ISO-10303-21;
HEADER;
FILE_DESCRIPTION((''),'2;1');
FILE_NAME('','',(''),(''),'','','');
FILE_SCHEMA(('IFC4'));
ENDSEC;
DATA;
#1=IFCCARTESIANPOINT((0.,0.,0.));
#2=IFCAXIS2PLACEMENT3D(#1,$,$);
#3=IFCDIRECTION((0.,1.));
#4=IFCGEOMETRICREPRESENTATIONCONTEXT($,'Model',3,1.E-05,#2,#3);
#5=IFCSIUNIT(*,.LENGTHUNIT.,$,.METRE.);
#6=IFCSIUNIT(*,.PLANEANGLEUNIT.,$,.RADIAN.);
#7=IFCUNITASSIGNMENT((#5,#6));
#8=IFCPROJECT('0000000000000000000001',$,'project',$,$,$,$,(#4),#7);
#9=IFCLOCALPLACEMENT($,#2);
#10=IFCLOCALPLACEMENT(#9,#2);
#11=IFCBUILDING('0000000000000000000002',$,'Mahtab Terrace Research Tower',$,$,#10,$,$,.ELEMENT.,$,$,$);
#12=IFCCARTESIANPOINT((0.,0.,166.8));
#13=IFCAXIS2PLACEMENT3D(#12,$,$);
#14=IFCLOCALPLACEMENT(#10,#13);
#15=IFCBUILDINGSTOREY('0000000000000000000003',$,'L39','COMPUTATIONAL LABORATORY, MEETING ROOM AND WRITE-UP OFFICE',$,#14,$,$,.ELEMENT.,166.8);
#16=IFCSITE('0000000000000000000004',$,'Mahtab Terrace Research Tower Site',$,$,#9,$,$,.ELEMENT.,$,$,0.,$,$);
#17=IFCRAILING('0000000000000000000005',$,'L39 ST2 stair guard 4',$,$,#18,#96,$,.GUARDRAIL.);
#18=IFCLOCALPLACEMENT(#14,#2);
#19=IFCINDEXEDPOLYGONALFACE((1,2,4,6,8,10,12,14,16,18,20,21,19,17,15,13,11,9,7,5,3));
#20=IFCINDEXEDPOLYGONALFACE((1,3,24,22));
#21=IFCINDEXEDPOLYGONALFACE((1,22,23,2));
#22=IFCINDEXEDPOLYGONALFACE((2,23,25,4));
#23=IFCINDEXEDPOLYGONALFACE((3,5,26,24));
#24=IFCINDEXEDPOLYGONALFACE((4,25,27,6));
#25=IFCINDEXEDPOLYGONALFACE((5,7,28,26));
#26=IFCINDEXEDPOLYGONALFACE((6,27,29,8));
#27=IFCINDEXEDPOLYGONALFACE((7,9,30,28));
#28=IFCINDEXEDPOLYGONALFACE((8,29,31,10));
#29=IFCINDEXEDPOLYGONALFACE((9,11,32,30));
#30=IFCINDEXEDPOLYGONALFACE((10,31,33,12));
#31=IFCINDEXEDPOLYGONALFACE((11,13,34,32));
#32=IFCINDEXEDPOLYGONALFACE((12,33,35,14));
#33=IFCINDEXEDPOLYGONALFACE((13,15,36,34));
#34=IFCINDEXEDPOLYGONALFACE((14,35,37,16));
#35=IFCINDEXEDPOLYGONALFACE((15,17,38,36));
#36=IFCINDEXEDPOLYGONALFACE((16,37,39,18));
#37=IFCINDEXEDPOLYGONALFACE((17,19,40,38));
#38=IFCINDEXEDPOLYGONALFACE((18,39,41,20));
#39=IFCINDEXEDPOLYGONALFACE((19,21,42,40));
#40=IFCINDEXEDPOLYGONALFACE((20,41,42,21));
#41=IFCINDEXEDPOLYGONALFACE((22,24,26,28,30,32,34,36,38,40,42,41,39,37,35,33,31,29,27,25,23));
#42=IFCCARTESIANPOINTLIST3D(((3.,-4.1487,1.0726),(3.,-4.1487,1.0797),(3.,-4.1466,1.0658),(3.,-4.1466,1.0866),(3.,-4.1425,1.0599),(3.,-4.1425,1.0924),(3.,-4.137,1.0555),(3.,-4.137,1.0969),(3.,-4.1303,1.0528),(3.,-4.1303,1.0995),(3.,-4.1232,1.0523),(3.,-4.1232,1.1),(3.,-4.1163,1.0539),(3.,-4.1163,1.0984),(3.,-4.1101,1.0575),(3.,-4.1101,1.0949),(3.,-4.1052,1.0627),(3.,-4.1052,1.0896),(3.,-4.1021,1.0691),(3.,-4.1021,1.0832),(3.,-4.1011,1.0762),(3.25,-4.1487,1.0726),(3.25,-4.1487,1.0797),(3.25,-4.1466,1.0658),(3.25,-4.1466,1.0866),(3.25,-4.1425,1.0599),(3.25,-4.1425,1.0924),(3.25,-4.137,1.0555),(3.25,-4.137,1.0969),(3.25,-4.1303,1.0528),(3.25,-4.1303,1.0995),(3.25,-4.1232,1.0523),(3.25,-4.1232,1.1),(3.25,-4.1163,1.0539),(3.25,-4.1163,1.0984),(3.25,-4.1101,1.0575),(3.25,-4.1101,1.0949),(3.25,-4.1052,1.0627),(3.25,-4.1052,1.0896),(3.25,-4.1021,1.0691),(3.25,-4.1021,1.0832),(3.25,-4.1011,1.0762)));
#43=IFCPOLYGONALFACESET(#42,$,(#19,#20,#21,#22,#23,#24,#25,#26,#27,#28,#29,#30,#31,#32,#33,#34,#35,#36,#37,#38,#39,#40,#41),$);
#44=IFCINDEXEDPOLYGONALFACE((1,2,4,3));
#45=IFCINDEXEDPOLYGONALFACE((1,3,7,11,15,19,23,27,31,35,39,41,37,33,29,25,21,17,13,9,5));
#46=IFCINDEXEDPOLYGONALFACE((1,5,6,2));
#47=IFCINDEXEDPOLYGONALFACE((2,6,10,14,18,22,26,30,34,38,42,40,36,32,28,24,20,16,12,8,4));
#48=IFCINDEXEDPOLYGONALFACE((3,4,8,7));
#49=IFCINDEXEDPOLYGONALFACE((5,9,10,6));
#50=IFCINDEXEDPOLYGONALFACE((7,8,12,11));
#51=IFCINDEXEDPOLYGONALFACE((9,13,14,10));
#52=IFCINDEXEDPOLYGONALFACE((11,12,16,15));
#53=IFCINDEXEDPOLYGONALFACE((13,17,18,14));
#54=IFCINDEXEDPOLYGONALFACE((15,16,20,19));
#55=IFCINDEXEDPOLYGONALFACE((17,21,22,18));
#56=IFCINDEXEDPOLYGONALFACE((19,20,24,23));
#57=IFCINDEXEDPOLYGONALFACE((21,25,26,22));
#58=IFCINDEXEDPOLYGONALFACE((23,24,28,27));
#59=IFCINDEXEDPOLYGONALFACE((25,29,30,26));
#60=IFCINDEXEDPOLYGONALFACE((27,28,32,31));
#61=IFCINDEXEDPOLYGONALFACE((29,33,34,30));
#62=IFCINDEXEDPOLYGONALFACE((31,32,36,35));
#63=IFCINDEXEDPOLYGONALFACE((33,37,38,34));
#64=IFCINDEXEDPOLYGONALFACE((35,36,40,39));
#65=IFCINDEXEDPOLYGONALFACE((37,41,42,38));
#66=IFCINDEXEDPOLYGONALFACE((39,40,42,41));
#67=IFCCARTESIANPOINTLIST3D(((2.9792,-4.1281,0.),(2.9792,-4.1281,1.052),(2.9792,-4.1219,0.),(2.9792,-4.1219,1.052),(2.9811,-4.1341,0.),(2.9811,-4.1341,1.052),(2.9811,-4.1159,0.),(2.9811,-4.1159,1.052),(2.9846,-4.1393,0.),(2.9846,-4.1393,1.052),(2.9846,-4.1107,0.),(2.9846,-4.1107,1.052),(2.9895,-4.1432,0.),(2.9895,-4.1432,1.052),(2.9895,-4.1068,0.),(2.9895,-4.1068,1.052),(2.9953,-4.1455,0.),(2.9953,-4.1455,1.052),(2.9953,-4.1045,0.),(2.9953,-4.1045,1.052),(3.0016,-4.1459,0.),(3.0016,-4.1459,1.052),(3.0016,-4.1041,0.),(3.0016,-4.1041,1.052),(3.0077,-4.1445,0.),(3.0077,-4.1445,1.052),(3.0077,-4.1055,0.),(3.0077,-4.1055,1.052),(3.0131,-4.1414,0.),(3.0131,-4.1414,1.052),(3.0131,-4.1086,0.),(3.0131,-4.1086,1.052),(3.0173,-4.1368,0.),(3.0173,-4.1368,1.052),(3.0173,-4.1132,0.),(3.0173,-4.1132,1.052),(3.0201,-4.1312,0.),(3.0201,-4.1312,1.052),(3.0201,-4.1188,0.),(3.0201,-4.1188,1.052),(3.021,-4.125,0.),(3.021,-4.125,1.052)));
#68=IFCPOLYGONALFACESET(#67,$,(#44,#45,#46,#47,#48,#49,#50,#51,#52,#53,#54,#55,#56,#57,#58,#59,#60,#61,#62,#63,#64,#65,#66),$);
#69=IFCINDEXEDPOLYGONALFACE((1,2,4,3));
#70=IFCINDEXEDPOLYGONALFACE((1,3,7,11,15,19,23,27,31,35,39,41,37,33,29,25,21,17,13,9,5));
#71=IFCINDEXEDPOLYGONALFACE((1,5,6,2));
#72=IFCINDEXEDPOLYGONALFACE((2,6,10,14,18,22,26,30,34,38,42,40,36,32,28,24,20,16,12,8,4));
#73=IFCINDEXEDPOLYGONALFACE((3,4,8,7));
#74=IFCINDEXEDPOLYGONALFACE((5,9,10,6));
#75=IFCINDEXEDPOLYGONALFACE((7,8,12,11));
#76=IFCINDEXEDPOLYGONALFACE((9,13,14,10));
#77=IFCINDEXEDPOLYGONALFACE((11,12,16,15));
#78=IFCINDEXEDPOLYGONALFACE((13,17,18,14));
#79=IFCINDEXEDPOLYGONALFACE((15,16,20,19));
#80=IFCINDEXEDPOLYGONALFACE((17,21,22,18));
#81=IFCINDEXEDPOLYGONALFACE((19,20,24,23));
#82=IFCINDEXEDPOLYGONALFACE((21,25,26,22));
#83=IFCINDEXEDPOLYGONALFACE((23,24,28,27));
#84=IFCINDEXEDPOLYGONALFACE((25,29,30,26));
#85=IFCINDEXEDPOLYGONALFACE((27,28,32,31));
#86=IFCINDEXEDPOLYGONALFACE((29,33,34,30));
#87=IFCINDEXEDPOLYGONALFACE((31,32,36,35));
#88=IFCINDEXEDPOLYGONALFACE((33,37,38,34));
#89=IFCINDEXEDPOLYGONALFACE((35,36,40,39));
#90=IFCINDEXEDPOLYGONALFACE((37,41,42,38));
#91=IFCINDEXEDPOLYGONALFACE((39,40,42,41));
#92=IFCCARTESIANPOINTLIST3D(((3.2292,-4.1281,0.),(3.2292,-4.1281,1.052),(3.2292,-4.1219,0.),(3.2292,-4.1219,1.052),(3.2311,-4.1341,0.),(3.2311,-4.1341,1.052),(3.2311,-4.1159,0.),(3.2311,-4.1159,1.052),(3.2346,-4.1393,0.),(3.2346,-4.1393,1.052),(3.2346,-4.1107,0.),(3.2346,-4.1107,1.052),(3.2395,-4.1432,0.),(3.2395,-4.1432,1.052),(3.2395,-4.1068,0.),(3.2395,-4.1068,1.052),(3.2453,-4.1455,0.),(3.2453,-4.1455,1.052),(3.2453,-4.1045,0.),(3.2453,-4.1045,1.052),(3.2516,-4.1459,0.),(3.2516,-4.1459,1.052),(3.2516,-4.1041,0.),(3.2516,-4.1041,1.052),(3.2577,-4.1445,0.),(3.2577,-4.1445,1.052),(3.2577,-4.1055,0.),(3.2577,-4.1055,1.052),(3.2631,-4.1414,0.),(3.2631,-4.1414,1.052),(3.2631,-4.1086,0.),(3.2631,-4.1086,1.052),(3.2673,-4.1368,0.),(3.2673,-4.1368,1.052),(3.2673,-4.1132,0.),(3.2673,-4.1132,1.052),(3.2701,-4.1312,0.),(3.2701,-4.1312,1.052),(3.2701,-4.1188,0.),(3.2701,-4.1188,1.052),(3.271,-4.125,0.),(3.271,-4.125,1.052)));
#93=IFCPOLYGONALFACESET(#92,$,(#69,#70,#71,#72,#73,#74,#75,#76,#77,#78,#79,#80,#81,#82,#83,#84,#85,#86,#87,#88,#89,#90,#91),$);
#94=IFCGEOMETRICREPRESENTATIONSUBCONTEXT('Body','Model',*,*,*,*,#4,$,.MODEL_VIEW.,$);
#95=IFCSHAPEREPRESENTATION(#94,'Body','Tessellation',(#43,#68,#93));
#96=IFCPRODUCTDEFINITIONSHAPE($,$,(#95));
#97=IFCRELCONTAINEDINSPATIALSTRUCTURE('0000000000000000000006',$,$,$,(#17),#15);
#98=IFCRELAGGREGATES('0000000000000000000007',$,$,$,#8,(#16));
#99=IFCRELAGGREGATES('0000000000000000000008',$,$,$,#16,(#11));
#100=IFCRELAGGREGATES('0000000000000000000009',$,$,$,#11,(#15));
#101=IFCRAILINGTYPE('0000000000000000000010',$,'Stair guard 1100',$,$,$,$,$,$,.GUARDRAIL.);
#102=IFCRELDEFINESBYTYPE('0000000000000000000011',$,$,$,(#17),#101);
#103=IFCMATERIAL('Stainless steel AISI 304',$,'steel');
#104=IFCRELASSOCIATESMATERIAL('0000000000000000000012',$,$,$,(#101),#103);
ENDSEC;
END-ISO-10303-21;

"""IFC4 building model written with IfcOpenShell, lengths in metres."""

from ifc_helpers import new_model, si_unit, direction, frame, origin, origin_2d, place, context, subcontext, project, spatial, circle, extrude, material, type_object, element, save


model = new_model("IFC4")

# Units and contexts
model_context = context("Model", 3, precision=1e-05, world=origin(), true_north=direction((0.0, 1.0)))
body_context = subcontext(model_context, "Body", "Model", "MODEL_VIEW")
ifc_project = project(units=[si_unit("LENGTHUNIT", "METRE"), si_unit("PLANEANGLEUNIT", "RADIAN")], contexts=[model_context])

# Site, building, storey
site_placement = place(None, origin())
site = spatial("IfcSite", under=ifc_project, at=site_placement, Name="Mahtab Terrace Research Tower Site", CompositionType="ELEMENT", RefElevation=0.0)
building_placement = place(site_placement, origin())
building = spatial("IfcBuilding", under=site, at=building_placement, Name="Mahtab Terrace Research Tower", CompositionType="ELEMENT")
storey_placement = place(building_placement, frame((0.0, 0.0, 166.8)))
storey = spatial("IfcBuildingStorey", under=building, at=storey_placement, Name="L39", Description="COMPUTATIONAL LABORATORY, MEETING ROOM AND WRITE-UP OFFICE", CompositionType="ELEMENT", Elevation=166.8)

# Railing
ifc_material_1 = material(Name="Stainless steel AISI 304", Category="steel")
railing_type_1 = type_object("IfcRailingType", Name="Stair guard 1100", PredefinedType="GUARDRAIL", material=ifc_material_1)
railing_1_placement = place(storey_placement, frame((3.0, -4.125, 0.0)))
element("IfcRailing", 1, at=railing_1_placement, inside=storey, type_object=railing_type_1, Name="L39 ST2 stair guard 4", PredefinedType="GUARDRAIL", context=body_context, shape_type="SweptSolid", body=[
    extrude(circle(Radius=0.0239, at=origin_2d()), frame((0.0, 0.0, 1.0762), z_axis=(1.0, 0.0, 0.0), x_axis=(0.0, 1.0, 0.0)), (0.0, 0.0, 1.0), 0.25),
    extrude(circle(Radius=0.021, at=origin_2d()), origin(), (0.0, 0.0, 1.0), 1.052),
    extrude(circle(Radius=0.021, at=origin_2d()), frame((0.25, 0.0, 0.0)), (0.0, 0.0, 1.0), 1.052),
])

save(model, "model.ifc")
